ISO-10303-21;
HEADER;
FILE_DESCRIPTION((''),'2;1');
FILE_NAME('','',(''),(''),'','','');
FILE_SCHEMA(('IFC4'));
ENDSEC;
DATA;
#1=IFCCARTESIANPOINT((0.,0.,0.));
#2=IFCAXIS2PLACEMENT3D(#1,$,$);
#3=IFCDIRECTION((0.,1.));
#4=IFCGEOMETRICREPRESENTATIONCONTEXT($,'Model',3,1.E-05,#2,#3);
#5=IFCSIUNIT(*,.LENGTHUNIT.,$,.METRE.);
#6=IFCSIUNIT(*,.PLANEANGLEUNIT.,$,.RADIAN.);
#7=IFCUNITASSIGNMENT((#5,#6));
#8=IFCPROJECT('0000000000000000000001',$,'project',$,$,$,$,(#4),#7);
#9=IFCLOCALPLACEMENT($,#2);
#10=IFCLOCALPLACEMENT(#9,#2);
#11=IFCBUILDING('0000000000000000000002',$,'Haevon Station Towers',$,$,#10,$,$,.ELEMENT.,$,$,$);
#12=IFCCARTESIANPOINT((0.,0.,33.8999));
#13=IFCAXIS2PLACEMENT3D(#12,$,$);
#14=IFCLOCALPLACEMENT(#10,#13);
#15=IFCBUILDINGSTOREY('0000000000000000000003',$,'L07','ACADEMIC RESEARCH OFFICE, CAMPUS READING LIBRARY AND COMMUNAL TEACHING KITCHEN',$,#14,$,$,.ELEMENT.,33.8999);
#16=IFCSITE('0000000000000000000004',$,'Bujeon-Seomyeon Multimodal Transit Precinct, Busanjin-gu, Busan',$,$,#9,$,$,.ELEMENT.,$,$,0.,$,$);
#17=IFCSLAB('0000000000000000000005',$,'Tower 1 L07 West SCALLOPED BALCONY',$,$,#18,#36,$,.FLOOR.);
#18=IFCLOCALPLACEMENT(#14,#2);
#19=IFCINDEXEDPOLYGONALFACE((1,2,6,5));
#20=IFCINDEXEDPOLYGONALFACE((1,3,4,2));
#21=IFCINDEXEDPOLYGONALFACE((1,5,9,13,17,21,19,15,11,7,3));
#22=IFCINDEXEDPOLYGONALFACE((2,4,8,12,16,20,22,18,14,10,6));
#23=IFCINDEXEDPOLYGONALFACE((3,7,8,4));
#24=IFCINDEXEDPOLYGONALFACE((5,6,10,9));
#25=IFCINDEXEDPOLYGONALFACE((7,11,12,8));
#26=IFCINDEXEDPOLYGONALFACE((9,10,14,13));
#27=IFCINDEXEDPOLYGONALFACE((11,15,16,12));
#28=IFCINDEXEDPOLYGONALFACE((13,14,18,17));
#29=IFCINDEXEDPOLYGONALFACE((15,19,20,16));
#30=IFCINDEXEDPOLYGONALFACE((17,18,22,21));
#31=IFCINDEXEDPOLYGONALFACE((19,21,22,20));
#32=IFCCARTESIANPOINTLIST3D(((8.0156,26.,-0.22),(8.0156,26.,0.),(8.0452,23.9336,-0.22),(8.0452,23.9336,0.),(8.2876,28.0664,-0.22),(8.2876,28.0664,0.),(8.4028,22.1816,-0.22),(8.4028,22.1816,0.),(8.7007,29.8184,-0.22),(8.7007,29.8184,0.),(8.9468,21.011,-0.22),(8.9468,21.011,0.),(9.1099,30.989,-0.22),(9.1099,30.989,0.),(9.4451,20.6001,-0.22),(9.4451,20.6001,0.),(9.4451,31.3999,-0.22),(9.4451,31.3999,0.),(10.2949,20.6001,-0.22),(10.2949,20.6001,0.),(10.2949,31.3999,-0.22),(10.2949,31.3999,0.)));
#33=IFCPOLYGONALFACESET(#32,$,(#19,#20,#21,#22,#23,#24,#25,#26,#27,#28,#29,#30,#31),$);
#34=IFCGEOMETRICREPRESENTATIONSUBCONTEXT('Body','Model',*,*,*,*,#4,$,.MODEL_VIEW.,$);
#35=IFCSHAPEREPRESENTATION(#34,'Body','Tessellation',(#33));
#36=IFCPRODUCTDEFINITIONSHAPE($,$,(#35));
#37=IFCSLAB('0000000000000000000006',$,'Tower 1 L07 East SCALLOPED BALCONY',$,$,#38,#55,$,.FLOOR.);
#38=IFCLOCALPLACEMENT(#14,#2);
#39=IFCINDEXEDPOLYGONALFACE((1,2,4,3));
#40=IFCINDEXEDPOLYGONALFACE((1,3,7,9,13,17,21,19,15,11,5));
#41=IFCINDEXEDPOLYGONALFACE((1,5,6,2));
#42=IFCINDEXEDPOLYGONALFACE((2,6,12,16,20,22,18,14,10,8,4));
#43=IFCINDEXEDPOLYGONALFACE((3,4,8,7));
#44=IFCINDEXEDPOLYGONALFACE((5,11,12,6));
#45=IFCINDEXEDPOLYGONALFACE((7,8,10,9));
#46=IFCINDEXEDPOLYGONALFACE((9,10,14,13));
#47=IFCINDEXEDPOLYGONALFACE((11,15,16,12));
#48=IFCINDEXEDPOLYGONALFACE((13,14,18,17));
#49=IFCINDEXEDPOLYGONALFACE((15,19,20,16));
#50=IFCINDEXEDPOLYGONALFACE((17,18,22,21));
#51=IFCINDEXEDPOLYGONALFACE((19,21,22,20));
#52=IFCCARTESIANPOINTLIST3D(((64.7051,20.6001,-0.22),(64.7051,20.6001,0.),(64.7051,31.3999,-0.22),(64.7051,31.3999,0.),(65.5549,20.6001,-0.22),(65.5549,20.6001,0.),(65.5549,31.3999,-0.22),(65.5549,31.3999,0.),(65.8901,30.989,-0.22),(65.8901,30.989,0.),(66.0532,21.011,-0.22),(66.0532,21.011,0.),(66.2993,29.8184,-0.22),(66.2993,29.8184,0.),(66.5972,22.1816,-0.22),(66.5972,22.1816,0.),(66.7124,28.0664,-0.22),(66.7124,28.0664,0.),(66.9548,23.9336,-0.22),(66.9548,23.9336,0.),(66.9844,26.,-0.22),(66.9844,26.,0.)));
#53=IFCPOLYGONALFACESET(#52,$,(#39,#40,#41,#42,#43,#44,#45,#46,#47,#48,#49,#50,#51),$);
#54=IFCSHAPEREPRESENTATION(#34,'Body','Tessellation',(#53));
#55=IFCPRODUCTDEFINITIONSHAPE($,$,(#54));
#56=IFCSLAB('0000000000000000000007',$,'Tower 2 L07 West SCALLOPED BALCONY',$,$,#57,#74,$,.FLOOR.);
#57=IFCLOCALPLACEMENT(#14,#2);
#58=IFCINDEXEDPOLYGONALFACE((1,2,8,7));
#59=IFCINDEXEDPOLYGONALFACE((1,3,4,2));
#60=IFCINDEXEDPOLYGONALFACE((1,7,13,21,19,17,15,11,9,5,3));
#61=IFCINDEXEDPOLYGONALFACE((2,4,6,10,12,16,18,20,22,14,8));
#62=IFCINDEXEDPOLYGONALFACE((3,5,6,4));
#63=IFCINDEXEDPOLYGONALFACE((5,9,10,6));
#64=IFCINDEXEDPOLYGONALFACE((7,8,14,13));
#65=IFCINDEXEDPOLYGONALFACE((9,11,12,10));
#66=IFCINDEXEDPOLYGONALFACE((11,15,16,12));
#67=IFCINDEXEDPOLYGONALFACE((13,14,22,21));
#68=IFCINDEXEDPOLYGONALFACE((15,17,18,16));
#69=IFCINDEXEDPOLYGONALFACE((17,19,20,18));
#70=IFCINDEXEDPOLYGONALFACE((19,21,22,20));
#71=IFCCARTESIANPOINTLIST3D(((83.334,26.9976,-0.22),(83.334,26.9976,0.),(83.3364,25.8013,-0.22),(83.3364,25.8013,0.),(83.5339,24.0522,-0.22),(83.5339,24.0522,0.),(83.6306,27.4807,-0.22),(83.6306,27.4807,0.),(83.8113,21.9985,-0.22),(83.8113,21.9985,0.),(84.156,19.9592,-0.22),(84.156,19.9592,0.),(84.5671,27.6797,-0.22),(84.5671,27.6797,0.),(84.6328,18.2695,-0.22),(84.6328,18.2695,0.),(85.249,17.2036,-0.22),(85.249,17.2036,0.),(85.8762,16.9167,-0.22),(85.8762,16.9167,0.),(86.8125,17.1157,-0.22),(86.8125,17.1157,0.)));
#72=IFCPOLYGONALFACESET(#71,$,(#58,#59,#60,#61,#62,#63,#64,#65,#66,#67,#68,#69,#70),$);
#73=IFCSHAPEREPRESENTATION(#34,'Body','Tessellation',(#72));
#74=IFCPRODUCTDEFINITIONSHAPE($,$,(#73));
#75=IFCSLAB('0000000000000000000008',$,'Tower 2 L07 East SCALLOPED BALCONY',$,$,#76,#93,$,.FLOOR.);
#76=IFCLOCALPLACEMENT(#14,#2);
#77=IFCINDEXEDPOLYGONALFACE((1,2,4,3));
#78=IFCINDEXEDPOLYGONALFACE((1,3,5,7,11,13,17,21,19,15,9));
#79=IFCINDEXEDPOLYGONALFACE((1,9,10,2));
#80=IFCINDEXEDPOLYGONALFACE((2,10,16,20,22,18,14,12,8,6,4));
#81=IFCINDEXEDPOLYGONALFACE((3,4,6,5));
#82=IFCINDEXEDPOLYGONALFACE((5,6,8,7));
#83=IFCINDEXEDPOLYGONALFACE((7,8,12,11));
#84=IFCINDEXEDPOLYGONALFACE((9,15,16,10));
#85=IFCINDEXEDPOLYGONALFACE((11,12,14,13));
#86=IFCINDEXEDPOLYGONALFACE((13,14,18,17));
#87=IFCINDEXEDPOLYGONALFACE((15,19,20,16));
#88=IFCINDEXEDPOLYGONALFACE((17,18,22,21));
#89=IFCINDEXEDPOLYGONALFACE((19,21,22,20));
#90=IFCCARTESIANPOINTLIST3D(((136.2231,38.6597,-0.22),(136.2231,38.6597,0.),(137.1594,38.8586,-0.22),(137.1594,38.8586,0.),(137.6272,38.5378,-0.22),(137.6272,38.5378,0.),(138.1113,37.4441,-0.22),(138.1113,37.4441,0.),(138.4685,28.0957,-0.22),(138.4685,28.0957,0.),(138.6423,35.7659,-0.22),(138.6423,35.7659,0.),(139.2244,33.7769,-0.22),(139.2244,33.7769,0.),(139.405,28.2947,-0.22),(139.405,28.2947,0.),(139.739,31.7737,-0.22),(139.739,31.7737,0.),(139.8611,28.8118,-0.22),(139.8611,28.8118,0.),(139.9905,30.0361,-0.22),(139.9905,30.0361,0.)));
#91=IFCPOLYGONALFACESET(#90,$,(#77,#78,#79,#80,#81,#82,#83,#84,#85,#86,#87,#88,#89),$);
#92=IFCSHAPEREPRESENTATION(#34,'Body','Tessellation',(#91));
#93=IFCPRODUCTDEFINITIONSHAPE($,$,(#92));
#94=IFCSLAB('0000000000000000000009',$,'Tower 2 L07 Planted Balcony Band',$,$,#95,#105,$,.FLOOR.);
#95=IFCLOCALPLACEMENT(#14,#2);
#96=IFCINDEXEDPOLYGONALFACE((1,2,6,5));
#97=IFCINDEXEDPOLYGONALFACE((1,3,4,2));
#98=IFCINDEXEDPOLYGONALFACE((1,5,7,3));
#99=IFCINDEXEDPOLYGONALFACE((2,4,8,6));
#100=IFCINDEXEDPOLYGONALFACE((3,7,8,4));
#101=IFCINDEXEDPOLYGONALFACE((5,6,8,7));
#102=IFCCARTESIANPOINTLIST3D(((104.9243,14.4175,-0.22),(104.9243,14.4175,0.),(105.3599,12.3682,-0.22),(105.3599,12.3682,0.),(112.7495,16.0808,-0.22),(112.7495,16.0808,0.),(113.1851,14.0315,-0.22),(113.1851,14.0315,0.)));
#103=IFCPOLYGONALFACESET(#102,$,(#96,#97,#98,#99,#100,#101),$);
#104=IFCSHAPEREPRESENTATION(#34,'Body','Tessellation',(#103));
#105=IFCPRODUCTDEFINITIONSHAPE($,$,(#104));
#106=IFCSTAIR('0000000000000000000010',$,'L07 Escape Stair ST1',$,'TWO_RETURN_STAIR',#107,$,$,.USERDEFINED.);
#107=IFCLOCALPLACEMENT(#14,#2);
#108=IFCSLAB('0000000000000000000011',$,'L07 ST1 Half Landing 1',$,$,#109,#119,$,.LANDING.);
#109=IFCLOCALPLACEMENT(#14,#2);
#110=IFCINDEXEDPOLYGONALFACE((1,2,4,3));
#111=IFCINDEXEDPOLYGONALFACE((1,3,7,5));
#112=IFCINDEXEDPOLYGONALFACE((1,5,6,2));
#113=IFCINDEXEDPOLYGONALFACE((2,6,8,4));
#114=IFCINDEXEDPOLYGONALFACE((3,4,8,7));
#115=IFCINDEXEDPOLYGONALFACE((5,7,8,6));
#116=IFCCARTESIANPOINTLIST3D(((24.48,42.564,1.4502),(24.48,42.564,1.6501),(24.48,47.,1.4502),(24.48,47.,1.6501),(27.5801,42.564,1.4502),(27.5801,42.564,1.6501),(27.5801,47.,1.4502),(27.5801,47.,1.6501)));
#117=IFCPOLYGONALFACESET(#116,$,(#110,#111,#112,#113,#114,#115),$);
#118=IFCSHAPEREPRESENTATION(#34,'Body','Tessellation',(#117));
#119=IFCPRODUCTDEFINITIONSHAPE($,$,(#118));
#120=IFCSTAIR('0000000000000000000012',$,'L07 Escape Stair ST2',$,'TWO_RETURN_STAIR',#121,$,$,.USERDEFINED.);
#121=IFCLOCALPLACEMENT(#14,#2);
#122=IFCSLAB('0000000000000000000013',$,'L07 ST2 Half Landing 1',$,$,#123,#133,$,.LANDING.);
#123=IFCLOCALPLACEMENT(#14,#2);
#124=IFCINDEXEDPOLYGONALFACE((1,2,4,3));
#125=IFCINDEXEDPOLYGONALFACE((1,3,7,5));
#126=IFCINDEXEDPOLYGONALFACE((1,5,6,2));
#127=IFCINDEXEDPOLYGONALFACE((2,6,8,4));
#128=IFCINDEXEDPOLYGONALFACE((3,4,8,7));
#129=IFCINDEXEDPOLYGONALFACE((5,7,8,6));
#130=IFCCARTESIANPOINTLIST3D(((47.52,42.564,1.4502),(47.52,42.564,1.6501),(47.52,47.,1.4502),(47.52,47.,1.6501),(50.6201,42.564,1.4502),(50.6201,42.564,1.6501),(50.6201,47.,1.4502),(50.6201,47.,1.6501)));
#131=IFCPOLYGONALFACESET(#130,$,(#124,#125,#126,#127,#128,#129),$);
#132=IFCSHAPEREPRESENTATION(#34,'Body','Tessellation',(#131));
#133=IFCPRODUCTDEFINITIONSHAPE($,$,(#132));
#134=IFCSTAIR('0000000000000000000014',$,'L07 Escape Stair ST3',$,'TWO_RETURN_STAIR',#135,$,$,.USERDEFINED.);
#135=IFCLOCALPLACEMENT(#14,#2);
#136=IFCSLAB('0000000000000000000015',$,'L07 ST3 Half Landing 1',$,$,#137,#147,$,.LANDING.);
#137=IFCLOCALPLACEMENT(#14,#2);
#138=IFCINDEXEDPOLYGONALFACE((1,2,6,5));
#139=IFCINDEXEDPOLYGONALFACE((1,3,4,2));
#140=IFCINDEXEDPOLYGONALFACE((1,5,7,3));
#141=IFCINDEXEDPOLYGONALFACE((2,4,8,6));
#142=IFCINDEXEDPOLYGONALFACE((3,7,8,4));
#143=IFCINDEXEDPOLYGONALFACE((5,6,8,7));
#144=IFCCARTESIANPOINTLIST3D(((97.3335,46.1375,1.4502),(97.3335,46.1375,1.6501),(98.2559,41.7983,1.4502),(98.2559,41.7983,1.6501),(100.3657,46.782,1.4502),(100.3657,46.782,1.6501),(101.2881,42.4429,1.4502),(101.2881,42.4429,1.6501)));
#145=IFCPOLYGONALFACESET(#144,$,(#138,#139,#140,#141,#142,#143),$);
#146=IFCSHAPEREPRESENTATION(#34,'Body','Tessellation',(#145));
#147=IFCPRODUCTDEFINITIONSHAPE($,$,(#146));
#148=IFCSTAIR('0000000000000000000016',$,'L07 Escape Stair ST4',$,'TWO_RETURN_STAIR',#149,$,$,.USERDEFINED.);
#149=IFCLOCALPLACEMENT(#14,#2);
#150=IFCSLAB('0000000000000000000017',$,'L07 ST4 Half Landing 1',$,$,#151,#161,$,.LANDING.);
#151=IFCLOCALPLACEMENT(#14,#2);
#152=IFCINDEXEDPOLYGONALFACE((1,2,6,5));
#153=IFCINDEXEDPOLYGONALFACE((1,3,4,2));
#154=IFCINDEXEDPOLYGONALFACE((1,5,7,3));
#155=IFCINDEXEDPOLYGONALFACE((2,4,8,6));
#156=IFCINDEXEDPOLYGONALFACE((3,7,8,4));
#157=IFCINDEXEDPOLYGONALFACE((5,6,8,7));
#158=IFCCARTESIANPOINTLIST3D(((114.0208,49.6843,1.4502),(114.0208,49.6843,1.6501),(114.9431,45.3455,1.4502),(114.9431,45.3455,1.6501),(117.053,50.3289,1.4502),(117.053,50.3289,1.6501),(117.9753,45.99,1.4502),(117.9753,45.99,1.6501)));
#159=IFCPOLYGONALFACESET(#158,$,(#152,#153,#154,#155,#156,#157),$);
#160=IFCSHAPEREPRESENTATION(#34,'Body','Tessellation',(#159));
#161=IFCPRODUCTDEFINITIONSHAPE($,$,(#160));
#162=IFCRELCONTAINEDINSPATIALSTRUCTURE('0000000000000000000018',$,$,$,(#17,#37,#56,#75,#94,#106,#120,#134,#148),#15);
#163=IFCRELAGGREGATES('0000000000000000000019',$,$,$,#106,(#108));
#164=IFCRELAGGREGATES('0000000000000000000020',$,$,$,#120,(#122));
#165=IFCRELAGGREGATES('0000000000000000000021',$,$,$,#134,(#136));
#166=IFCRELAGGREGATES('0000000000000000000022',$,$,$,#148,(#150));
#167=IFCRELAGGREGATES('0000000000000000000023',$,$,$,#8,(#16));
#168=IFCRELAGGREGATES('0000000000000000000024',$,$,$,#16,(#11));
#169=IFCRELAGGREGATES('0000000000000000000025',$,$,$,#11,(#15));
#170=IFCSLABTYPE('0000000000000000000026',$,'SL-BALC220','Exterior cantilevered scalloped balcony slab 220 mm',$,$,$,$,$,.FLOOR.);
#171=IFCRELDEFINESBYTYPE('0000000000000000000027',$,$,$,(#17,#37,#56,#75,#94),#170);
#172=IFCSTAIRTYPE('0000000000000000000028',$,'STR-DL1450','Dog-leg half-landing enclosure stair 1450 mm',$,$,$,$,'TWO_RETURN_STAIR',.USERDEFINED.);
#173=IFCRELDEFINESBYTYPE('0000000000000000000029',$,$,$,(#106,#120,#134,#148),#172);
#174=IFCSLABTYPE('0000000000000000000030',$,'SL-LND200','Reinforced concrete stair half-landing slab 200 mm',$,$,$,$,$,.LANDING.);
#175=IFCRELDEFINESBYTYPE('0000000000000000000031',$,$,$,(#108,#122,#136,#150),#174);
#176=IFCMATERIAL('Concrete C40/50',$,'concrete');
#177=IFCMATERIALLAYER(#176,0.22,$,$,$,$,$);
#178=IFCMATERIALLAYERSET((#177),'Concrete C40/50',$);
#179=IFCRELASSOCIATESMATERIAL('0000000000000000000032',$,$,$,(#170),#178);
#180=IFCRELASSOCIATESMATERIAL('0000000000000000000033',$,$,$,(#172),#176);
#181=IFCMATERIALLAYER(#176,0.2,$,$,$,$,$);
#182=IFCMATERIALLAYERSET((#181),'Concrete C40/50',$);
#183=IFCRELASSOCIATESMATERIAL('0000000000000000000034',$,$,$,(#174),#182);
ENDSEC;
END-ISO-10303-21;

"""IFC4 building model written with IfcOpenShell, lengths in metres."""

from ifc_helpers import new_model, si_unit, direction, frame, origin, place, context, subcontext, project, spatial, polyline, outline, extrude, material, layer, layer_set, type_object, element, aggregate, save


model = new_model("IFC4")

# Units and contexts
model_context = context("Model", 3, precision=1e-05, world=origin(), true_north=direction((0.0, 1.0)))
body_context = subcontext(model_context, "Body", "Model", "MODEL_VIEW")
ifc_project = project(units=[si_unit("LENGTHUNIT", "METRE"), si_unit("PLANEANGLEUNIT", "RADIAN")], contexts=[model_context])

# Site, building, storey
site_placement = place(None, origin())
site = spatial("IfcSite", under=ifc_project, at=site_placement, Name="Bujeon-Seomyeon Multimodal Transit Precinct, Busanjin-gu, Busan", CompositionType="ELEMENT", RefElevation=0.0)
building_placement = place(site_placement, origin())
building = spatial("IfcBuilding", under=site, at=building_placement, Name="Haevon Station Towers", CompositionType="ELEMENT")
storey_placement = place(building_placement, frame((0.0, 0.0, 33.8999)))
storey = spatial("IfcBuildingStorey", under=building, at=storey_placement, Name="L07", Description="ACADEMIC RESEARCH OFFICE, CAMPUS READING LIBRARY AND COMMUNAL TEACHING KITCHEN", CompositionType="ELEMENT", Elevation=33.8999)

# Slabs
ifc_material_1 = material(Name="Concrete C40/50", Category="concrete")
ifc_layer_1 = layer(ifc_material_1, 0.22)
ifc_layer_set_1 = layer_set([ifc_layer_1], Name="Concrete C40/50")
slab_type_1 = type_object("IfcSlabType", Name="SL-BALC220", Description="Exterior cantilevered scalloped balcony slab 220 mm", PredefinedType="FLOOR", material=ifc_layer_set_1)
slab_1_placement = place(storey_placement, frame((0.0, 0.0, -0.22)))
element("IfcSlab", 1, at=slab_1_placement, inside=storey, type_object=slab_type_1, Name="Tower 1 L07 West SCALLOPED BALCONY", PredefinedType="FLOOR", context=body_context, shape_type="SweptSolid", body=[
    extrude(outline(polyline([(10.2949, 31.3999), (9.4451, 31.3999), (9.1099, 30.989), (8.7007, 29.8184), (8.2876, 28.0664), (8.0156, 26.0), (8.0452, 23.9336), (8.4028, 22.1816), (8.9468, 21.011), (9.4451, 20.6001), (10.2949, 20.6001), (10.2949, 31.3999)])), origin(), (0.0, 0.0, 1.0), 0.22),
])
slab_2_placement = place(storey_placement, frame((0.0, 0.0, -0.22)))
element("IfcSlab", 2, at=slab_2_placement, inside=storey, type_object=slab_type_1, Name="Tower 1 L07 East SCALLOPED BALCONY", PredefinedType="FLOOR", context=body_context, shape_type="SweptSolid", body=[
    extrude(outline(polyline([(64.7051, 20.6001), (65.5549, 20.6001), (66.0532, 21.011), (66.5972, 22.1816), (66.9548, 23.9336), (66.9844, 26.0), (66.7124, 28.0664), (66.2993, 29.8184), (65.8901, 30.989), (65.5549, 31.3999), (64.7051, 31.3999), (64.7051, 20.6001)])), origin(), (0.0, 0.0, 1.0), 0.22),
])
slab_3_placement = place(storey_placement, frame((0.0, 0.0, -0.22)))
element("IfcSlab", 3, at=slab_3_placement, inside=storey, type_object=slab_type_1, Name="Tower 2 L07 West SCALLOPED BALCONY", PredefinedType="FLOOR", context=body_context, shape_type="SweptSolid", body=[
    extrude(outline(polyline([(84.5671, 27.6797), (83.6306, 27.4807), (83.334, 26.9976), (83.3364, 25.8013), (83.5339, 24.0522), (83.8113, 21.9985), (84.156, 19.9592), (84.6328, 18.2695), (85.249, 17.2036), (85.8762, 16.9167), (86.8125, 17.1157), (84.5671, 27.6797)])), origin(), (0.0, 0.0, 1.0), 0.22),
])
slab_4_placement = place(storey_placement, frame((0.0, 0.0, -0.22)))
element("IfcSlab", 4, at=slab_4_placement, inside=storey, type_object=slab_type_1, Name="Tower 2 L07 East SCALLOPED BALCONY", PredefinedType="FLOOR", context=body_context, shape_type="SweptSolid", body=[
    extrude(outline(polyline([(138.4685, 28.0957), (139.405, 28.2947), (139.8611, 28.8118), (139.9905, 30.0361), (139.739, 31.7737), (139.2244, 33.7769), (138.6423, 35.7659), (138.1113, 37.4441), (137.6272, 38.5378), (137.1594, 38.8586), (136.2231, 38.6597), (138.4685, 28.0957)])), origin(), (0.0, 0.0, 1.0), 0.22),
])
slab_5_placement = place(storey_placement, frame((0.0, 0.0, -0.22)))
element("IfcSlab", 5, at=slab_5_placement, inside=storey, type_object=slab_type_1, Name="Tower 2 L07 Planted Balcony Band", PredefinedType="FLOOR", context=body_context, shape_type="SweptSolid", body=[
    extrude(outline(polyline([(105.3599, 12.3682), (113.1851, 14.0315), (112.7495, 16.0808), (104.9243, 14.4175), (105.3599, 12.3682)])), origin(), (0.0, 0.0, 1.0), 0.22),
])

# Stairs, slabs
stair_type = type_object("IfcStairType", Name="STR-DL1450", Description="Dog-leg half-landing enclosure stair 1450 mm", ElementType="TWO_RETURN_STAIR", PredefinedType="USERDEFINED", material=ifc_material_1)
stair_1_placement = place(storey_placement, origin())
stair_1 = element("IfcStair", 6, at=stair_1_placement, inside=storey, type_object=stair_type, Name="L07 Escape Stair ST1", ObjectType="TWO_RETURN_STAIR", PredefinedType="USERDEFINED")
ifc_layer_2 = layer(ifc_material_1, 0.2)
ifc_layer_set_2 = layer_set([ifc_layer_2], Name="Concrete C40/50")
slab_type_2 = type_object("IfcSlabType", Name="SL-LND200", Description="Reinforced concrete stair half-landing slab 200 mm", PredefinedType="LANDING", material=ifc_layer_set_2)
slab_6_placement = place(storey_placement, frame((0.0, 0.0, 1.4502)))
slab_6 = element("IfcSlab", 7, at=slab_6_placement, type_object=slab_type_2, Name="L07 ST1 Half Landing 1", PredefinedType="LANDING", context=body_context, shape_type="SweptSolid", body=[
    extrude(outline(polyline([(27.5801, 42.564), (27.5801, 47.0), (24.48, 47.0), (24.48, 42.564), (27.5801, 42.564)])), origin(), (0.0, 0.0, 1.0), 0.2),
])
aggregate(stair_1, [slab_6])
stair_2_placement = place(storey_placement, origin())
stair_2 = element("IfcStair", 8, at=stair_2_placement, inside=storey, type_object=stair_type, Name="L07 Escape Stair ST2", ObjectType="TWO_RETURN_STAIR", PredefinedType="USERDEFINED")
slab_7_placement = place(storey_placement, frame((0.0, 0.0, 1.4502)))
slab_7 = element("IfcSlab", 9, at=slab_7_placement, type_object=slab_type_2, Name="L07 ST2 Half Landing 1", PredefinedType="LANDING", context=body_context, shape_type="SweptSolid", body=[
    extrude(outline(polyline([(50.6201, 42.564), (50.6201, 47.0), (47.52, 47.0), (47.52, 42.564), (50.6201, 42.564)])), origin(), (0.0, 0.0, 1.0), 0.2),
])
aggregate(stair_2, [slab_7])
stair_3_placement = place(storey_placement, origin())
stair_3 = element("IfcStair", 10, at=stair_3_placement, inside=storey, type_object=stair_type, Name="L07 Escape Stair ST3", ObjectType="TWO_RETURN_STAIR", PredefinedType="USERDEFINED")
slab_8_placement = place(storey_placement, frame((0.0, 0.0, 1.4502)))
slab_8 = element("IfcSlab", 11, at=slab_8_placement, type_object=slab_type_2, Name="L07 ST3 Half Landing 1", PredefinedType="LANDING", context=body_context, shape_type="SweptSolid", body=[
    extrude(outline(polyline([(101.2881, 42.4429), (100.3657, 46.782), (97.3335, 46.1375), (98.2559, 41.7983), (101.2881, 42.4429)])), origin(), (0.0, 0.0, 1.0), 0.2),
])
aggregate(stair_3, [slab_8])
stair_4_placement = place(storey_placement, origin())
stair_4 = element("IfcStair", 12, at=stair_4_placement, inside=storey, type_object=stair_type, Name="L07 Escape Stair ST4", ObjectType="TWO_RETURN_STAIR", PredefinedType="USERDEFINED")
slab_9_placement = place(storey_placement, frame((0.0, 0.0, 1.4502)))
slab_9 = element("IfcSlab", 13, at=slab_9_placement, type_object=slab_type_2, Name="L07 ST4 Half Landing 1", PredefinedType="LANDING", context=body_context, shape_type="SweptSolid", body=[
    extrude(outline(polyline([(117.9753, 45.99), (117.053, 50.3289), (114.0208, 49.6843), (114.9431, 45.3455), (117.9753, 45.99)])), origin(), (0.0, 0.0, 1.0), 0.2),
])
aggregate(stair_4, [slab_9])

save(model, "model.ifc")
